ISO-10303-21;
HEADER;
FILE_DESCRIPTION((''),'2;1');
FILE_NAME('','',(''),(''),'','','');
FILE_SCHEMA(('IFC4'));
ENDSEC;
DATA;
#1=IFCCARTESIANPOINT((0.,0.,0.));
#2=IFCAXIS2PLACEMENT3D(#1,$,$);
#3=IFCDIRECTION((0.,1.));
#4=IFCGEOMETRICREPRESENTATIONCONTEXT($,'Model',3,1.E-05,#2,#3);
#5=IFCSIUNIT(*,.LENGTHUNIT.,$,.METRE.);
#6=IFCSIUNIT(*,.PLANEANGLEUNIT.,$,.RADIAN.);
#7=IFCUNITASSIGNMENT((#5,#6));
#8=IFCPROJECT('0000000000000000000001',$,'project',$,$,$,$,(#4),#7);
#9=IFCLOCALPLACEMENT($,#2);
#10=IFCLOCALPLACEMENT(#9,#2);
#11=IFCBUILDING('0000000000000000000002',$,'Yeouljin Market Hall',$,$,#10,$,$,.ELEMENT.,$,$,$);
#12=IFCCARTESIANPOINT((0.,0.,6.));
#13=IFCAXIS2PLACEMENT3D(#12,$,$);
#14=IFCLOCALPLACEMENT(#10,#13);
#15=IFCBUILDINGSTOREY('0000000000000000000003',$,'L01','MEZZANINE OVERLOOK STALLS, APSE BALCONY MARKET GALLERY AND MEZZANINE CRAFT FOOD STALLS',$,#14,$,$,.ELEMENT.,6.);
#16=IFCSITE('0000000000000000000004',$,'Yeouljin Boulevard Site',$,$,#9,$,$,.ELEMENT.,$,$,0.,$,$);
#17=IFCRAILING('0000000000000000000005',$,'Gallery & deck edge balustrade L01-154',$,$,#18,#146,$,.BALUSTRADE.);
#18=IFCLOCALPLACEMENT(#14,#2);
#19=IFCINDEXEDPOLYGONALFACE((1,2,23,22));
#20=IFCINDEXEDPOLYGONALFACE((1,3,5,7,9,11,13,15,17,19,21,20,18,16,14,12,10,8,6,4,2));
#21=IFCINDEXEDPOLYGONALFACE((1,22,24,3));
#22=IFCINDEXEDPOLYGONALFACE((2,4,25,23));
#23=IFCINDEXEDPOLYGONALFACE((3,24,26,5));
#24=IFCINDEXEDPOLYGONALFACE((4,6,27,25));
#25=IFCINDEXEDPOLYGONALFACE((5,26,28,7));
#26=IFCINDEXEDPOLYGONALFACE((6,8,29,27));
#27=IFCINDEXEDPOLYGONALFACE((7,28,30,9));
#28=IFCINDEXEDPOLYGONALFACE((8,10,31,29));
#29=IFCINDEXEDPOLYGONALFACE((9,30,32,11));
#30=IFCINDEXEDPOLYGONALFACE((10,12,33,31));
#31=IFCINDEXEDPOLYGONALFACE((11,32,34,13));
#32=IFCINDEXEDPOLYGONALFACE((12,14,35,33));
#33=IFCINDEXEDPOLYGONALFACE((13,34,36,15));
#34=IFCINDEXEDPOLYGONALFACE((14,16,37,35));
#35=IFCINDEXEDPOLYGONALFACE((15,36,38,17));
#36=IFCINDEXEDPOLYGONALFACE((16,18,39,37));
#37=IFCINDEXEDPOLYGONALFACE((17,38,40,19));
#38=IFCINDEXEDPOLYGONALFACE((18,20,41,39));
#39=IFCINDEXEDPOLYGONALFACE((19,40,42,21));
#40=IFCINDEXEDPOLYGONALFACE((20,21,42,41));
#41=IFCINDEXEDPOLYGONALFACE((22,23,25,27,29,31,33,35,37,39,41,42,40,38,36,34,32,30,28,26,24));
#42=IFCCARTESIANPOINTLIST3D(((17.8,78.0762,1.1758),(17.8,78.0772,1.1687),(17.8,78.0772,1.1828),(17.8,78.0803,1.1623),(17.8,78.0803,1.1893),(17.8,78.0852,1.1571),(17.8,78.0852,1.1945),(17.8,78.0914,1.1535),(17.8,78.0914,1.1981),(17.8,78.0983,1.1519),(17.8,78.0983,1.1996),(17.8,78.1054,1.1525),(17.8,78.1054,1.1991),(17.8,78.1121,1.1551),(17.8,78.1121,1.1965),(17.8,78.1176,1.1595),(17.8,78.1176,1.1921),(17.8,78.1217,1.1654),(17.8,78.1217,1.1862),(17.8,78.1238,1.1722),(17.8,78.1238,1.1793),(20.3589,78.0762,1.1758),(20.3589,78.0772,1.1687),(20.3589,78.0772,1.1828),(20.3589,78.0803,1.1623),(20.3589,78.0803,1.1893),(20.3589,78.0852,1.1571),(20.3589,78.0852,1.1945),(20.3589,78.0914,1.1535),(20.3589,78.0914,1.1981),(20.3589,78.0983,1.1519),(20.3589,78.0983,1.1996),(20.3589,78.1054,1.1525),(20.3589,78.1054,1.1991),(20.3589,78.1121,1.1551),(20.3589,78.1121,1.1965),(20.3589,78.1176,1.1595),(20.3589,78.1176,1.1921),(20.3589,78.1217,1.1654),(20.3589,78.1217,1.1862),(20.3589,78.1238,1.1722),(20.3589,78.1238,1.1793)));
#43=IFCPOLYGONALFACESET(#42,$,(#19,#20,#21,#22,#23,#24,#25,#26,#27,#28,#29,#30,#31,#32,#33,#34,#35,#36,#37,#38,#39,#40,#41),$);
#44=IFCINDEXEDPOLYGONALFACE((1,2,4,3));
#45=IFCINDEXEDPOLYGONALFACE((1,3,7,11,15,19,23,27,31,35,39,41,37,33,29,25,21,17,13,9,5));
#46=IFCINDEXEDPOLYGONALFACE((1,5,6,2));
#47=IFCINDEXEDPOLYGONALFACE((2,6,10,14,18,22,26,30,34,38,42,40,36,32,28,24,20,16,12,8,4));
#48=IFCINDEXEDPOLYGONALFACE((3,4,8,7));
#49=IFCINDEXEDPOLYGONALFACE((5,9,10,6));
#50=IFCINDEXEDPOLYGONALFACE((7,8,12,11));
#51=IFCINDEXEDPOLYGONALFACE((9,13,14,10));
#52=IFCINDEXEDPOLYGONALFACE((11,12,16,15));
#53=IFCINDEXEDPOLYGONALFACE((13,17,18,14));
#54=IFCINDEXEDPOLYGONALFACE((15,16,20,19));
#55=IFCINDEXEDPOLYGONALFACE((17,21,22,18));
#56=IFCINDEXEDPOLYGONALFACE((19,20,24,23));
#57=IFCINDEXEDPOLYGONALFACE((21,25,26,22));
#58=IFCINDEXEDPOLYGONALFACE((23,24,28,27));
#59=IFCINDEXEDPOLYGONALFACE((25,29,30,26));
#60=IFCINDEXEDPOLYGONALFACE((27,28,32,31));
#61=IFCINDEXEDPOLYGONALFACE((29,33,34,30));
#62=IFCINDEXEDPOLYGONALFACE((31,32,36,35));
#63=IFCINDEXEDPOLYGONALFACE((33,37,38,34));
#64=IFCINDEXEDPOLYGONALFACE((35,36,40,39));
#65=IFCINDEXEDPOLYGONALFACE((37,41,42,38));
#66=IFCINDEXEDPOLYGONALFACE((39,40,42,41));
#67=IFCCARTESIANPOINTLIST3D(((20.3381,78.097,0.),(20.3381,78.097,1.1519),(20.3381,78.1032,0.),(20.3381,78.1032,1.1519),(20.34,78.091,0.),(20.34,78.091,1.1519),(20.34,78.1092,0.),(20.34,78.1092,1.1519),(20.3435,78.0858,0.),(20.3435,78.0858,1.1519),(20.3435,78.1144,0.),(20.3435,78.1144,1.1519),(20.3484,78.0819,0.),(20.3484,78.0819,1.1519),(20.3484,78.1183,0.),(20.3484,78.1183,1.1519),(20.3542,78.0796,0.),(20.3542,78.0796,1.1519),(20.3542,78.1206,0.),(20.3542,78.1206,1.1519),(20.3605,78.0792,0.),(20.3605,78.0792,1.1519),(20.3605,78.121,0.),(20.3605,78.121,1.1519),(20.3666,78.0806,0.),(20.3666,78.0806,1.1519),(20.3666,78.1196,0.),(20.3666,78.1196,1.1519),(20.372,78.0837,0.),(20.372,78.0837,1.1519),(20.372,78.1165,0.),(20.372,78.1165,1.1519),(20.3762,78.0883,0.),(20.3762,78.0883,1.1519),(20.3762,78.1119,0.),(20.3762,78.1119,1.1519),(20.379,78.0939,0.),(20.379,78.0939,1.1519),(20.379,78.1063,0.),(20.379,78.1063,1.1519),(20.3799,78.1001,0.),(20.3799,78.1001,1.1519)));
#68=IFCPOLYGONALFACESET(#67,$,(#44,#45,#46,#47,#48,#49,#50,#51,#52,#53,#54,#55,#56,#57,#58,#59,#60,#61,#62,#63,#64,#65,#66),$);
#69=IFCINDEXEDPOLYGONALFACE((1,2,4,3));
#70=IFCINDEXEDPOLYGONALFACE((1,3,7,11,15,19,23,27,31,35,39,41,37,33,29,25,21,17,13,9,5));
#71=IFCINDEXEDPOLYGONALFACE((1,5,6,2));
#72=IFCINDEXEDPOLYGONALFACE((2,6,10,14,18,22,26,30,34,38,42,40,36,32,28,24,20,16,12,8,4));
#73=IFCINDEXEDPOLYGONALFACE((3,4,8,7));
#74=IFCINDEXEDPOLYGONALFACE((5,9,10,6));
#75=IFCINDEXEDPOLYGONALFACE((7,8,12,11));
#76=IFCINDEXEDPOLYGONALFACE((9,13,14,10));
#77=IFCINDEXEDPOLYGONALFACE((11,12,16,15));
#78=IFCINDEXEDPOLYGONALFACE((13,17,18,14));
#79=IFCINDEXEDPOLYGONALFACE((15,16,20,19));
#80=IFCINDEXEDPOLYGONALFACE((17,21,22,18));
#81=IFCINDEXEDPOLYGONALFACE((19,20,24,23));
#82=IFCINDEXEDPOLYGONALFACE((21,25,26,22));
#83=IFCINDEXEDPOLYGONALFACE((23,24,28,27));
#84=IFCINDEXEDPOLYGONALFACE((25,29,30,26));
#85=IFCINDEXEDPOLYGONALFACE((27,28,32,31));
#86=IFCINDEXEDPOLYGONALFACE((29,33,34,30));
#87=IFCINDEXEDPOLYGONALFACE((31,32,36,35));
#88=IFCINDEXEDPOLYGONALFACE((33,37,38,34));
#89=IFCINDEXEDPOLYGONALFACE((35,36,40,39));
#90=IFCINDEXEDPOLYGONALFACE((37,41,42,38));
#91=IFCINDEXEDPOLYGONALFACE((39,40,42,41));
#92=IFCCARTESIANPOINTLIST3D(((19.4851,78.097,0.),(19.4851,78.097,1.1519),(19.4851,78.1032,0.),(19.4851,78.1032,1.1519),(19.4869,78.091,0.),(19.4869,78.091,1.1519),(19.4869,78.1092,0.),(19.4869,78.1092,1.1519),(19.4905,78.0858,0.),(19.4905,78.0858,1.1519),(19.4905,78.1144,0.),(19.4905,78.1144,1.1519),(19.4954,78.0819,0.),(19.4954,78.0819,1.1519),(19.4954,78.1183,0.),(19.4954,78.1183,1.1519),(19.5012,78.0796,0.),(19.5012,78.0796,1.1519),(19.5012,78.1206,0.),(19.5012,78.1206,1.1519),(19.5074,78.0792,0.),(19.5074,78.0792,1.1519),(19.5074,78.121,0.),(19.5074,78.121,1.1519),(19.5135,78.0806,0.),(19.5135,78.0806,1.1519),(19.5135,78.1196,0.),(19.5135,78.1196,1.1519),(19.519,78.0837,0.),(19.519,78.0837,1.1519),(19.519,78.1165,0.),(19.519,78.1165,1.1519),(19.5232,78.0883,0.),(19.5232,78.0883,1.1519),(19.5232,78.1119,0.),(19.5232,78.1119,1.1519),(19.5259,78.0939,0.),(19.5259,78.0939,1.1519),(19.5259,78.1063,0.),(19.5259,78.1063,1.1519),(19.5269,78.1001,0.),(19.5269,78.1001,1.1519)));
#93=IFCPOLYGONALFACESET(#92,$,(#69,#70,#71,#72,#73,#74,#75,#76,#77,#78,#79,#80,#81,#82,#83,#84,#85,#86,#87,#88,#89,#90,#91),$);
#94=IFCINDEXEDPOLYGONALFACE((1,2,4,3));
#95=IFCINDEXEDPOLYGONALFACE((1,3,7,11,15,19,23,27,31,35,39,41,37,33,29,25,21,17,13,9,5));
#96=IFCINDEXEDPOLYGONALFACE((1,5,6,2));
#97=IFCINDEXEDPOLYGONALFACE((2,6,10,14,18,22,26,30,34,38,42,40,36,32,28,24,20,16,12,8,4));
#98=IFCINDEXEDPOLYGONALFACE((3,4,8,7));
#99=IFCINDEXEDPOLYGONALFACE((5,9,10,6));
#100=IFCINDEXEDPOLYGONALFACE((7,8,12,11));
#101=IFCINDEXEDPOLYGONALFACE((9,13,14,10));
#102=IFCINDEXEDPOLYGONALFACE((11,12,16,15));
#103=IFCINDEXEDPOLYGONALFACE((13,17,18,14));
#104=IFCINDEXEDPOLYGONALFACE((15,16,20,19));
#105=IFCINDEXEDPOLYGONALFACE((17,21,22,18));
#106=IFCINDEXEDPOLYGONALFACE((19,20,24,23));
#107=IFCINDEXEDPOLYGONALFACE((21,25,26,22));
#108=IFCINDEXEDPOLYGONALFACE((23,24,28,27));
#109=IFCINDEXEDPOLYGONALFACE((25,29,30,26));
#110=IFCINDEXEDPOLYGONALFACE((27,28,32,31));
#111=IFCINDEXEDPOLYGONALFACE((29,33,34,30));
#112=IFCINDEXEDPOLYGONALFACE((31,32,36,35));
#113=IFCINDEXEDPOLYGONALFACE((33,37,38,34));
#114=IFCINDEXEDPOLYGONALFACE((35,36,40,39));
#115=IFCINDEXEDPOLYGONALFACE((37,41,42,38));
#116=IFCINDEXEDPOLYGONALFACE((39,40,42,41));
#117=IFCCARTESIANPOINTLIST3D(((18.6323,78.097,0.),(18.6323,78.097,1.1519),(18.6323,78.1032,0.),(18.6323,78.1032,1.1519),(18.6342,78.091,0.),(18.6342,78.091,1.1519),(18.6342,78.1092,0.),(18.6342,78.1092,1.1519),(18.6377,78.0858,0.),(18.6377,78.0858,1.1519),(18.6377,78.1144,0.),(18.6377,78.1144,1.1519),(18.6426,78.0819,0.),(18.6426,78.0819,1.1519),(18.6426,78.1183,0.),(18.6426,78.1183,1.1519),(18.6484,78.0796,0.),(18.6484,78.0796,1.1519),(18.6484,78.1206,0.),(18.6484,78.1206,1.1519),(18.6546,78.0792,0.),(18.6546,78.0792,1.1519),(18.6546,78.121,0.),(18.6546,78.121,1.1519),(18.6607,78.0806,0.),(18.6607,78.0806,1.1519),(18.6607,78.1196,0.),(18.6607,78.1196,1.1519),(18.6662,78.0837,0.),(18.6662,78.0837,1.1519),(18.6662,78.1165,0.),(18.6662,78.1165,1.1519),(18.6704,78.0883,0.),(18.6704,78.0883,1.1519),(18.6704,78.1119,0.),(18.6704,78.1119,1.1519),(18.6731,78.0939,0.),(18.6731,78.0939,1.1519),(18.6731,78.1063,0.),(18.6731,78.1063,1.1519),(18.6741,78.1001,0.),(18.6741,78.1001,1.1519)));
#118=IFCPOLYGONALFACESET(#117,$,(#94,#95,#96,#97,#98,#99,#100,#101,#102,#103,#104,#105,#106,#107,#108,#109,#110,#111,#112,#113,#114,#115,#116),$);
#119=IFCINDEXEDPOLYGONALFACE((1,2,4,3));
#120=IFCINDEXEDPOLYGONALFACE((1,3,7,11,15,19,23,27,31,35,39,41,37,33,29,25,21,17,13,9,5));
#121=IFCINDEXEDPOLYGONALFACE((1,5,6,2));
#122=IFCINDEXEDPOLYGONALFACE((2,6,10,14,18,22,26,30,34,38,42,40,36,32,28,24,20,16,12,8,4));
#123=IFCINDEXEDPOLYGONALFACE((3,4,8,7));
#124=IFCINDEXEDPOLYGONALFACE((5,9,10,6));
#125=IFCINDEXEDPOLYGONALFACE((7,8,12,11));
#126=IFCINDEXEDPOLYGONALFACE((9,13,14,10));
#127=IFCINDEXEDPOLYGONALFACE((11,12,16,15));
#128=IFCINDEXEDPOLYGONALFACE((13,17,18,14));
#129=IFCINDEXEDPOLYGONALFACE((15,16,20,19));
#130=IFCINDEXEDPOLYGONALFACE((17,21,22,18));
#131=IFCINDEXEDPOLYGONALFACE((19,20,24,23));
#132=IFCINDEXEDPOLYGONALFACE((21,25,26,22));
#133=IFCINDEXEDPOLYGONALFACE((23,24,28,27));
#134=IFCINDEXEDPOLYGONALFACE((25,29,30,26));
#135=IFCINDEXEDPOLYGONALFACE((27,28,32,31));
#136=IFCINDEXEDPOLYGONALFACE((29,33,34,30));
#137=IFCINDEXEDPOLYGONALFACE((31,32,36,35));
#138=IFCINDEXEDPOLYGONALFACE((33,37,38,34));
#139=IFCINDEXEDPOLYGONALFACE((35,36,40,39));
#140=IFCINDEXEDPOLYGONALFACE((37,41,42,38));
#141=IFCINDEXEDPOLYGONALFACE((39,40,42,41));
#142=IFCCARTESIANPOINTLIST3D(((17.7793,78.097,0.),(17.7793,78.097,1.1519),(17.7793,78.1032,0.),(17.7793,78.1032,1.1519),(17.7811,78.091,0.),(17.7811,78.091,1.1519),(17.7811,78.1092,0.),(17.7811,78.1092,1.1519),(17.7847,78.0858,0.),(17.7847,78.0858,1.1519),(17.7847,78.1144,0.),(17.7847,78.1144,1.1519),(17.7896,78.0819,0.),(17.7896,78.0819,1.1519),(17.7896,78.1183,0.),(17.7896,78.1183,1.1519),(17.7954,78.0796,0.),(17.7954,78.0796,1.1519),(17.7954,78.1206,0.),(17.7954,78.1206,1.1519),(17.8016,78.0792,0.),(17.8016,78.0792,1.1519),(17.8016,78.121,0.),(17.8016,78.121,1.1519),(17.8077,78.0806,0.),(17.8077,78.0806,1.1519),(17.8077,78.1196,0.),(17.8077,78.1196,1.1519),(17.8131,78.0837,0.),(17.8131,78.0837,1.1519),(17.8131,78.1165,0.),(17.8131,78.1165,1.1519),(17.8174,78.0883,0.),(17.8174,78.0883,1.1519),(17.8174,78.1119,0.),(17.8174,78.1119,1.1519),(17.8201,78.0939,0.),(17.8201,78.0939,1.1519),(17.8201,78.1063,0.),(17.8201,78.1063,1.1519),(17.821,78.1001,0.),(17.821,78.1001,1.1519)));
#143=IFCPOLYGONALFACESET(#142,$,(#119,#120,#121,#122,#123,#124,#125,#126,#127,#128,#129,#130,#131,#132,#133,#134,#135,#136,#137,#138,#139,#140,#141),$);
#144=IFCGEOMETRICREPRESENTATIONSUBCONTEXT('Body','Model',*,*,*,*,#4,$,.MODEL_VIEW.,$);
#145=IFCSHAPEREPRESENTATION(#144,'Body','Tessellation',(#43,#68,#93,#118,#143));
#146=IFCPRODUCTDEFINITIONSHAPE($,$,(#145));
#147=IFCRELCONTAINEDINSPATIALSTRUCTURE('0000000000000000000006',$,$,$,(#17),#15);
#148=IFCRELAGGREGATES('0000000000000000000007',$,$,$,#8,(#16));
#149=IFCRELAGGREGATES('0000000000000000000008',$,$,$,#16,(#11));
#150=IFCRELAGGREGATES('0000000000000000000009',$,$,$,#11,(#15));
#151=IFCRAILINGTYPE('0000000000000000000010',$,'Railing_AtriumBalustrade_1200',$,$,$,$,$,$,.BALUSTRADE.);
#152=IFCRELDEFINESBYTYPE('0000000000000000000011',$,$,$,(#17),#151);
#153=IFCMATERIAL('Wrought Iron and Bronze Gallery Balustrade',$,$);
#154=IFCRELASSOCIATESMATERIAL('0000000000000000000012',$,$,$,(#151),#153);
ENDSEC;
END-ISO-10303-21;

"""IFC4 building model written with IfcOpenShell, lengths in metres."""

from ifc_helpers import new_model, si_unit, direction, frame, origin, origin_2d, place, context, subcontext, project, spatial, circle, extrude, material, type_object, element, save


model = new_model("IFC4")

# Units and contexts
model_context = context("Model", 3, precision=1e-05, world=origin(), true_north=direction((0.0, 1.0)))
body_context = subcontext(model_context, "Body", "Model", "MODEL_VIEW")
ifc_project = project(units=[si_unit("LENGTHUNIT", "METRE"), si_unit("PLANEANGLEUNIT", "RADIAN")], contexts=[model_context])

# Site, building, storey
site_placement = place(None, origin())
site = spatial("IfcSite", under=ifc_project, at=site_placement, Name="Yeouljin Boulevard Site", CompositionType="ELEMENT", RefElevation=0.0)
building_placement = place(site_placement, origin())
building = spatial("IfcBuilding", under=site, at=building_placement, Name="Yeouljin Market Hall", CompositionType="ELEMENT")
storey_placement = place(building_placement, frame((0.0, 0.0, 6.0)))
storey = spatial("IfcBuildingStorey", under=building, at=storey_placement, Name="L01", Description="MEZZANINE OVERLOOK STALLS, APSE BALCONY MARKET GALLERY AND MEZZANINE CRAFT FOOD STALLS", CompositionType="ELEMENT", Elevation=6.0)

# Railing
ifc_material_1 = material(Name="Wrought Iron and Bronze Gallery Balustrade")
railing_type_1 = type_object("IfcRailingType", Name="Railing_AtriumBalustrade_1200", PredefinedType="BALUSTRADE", material=ifc_material_1)
railing_1_placement = place(storey_placement, frame((20.3589, 78.1001, 0.0)))
element("IfcRailing", 1, at=railing_1_placement, inside=storey, type_object=railing_type_1, Name="Gallery & deck edge balustrade L01-154", PredefinedType="BALUSTRADE", context=body_context, shape_type="SweptSolid", body=[
    extrude(circle(Radius=0.0239, at=origin_2d()), frame((0.0, 0.0, 1.1758), z_axis=(-1.0, 0.0, 0.0), x_axis=(0.0, -1.0, 0.0)), (0.0, 0.0, 1.0), 2.5588),
    extrude(circle(Radius=0.021, at=origin_2d()), origin(), (0.0, 0.0, 1.0), 1.1519),
    extrude(circle(Radius=0.021, at=origin_2d()), frame((-0.853, 0.0, 0.0)), (0.0, 0.0, 1.0), 1.1519),
    extrude(circle(Radius=0.021, at=origin_2d()), frame((-1.7058, 0.0, 0.0)), (0.0, 0.0, 1.0), 1.1519),
    extrude(circle(Radius=0.021, at=origin_2d()), frame((-2.5588, 0.0, 0.0)), (0.0, 0.0, 1.0), 1.1519),
])

save(model, "model.ifc")
